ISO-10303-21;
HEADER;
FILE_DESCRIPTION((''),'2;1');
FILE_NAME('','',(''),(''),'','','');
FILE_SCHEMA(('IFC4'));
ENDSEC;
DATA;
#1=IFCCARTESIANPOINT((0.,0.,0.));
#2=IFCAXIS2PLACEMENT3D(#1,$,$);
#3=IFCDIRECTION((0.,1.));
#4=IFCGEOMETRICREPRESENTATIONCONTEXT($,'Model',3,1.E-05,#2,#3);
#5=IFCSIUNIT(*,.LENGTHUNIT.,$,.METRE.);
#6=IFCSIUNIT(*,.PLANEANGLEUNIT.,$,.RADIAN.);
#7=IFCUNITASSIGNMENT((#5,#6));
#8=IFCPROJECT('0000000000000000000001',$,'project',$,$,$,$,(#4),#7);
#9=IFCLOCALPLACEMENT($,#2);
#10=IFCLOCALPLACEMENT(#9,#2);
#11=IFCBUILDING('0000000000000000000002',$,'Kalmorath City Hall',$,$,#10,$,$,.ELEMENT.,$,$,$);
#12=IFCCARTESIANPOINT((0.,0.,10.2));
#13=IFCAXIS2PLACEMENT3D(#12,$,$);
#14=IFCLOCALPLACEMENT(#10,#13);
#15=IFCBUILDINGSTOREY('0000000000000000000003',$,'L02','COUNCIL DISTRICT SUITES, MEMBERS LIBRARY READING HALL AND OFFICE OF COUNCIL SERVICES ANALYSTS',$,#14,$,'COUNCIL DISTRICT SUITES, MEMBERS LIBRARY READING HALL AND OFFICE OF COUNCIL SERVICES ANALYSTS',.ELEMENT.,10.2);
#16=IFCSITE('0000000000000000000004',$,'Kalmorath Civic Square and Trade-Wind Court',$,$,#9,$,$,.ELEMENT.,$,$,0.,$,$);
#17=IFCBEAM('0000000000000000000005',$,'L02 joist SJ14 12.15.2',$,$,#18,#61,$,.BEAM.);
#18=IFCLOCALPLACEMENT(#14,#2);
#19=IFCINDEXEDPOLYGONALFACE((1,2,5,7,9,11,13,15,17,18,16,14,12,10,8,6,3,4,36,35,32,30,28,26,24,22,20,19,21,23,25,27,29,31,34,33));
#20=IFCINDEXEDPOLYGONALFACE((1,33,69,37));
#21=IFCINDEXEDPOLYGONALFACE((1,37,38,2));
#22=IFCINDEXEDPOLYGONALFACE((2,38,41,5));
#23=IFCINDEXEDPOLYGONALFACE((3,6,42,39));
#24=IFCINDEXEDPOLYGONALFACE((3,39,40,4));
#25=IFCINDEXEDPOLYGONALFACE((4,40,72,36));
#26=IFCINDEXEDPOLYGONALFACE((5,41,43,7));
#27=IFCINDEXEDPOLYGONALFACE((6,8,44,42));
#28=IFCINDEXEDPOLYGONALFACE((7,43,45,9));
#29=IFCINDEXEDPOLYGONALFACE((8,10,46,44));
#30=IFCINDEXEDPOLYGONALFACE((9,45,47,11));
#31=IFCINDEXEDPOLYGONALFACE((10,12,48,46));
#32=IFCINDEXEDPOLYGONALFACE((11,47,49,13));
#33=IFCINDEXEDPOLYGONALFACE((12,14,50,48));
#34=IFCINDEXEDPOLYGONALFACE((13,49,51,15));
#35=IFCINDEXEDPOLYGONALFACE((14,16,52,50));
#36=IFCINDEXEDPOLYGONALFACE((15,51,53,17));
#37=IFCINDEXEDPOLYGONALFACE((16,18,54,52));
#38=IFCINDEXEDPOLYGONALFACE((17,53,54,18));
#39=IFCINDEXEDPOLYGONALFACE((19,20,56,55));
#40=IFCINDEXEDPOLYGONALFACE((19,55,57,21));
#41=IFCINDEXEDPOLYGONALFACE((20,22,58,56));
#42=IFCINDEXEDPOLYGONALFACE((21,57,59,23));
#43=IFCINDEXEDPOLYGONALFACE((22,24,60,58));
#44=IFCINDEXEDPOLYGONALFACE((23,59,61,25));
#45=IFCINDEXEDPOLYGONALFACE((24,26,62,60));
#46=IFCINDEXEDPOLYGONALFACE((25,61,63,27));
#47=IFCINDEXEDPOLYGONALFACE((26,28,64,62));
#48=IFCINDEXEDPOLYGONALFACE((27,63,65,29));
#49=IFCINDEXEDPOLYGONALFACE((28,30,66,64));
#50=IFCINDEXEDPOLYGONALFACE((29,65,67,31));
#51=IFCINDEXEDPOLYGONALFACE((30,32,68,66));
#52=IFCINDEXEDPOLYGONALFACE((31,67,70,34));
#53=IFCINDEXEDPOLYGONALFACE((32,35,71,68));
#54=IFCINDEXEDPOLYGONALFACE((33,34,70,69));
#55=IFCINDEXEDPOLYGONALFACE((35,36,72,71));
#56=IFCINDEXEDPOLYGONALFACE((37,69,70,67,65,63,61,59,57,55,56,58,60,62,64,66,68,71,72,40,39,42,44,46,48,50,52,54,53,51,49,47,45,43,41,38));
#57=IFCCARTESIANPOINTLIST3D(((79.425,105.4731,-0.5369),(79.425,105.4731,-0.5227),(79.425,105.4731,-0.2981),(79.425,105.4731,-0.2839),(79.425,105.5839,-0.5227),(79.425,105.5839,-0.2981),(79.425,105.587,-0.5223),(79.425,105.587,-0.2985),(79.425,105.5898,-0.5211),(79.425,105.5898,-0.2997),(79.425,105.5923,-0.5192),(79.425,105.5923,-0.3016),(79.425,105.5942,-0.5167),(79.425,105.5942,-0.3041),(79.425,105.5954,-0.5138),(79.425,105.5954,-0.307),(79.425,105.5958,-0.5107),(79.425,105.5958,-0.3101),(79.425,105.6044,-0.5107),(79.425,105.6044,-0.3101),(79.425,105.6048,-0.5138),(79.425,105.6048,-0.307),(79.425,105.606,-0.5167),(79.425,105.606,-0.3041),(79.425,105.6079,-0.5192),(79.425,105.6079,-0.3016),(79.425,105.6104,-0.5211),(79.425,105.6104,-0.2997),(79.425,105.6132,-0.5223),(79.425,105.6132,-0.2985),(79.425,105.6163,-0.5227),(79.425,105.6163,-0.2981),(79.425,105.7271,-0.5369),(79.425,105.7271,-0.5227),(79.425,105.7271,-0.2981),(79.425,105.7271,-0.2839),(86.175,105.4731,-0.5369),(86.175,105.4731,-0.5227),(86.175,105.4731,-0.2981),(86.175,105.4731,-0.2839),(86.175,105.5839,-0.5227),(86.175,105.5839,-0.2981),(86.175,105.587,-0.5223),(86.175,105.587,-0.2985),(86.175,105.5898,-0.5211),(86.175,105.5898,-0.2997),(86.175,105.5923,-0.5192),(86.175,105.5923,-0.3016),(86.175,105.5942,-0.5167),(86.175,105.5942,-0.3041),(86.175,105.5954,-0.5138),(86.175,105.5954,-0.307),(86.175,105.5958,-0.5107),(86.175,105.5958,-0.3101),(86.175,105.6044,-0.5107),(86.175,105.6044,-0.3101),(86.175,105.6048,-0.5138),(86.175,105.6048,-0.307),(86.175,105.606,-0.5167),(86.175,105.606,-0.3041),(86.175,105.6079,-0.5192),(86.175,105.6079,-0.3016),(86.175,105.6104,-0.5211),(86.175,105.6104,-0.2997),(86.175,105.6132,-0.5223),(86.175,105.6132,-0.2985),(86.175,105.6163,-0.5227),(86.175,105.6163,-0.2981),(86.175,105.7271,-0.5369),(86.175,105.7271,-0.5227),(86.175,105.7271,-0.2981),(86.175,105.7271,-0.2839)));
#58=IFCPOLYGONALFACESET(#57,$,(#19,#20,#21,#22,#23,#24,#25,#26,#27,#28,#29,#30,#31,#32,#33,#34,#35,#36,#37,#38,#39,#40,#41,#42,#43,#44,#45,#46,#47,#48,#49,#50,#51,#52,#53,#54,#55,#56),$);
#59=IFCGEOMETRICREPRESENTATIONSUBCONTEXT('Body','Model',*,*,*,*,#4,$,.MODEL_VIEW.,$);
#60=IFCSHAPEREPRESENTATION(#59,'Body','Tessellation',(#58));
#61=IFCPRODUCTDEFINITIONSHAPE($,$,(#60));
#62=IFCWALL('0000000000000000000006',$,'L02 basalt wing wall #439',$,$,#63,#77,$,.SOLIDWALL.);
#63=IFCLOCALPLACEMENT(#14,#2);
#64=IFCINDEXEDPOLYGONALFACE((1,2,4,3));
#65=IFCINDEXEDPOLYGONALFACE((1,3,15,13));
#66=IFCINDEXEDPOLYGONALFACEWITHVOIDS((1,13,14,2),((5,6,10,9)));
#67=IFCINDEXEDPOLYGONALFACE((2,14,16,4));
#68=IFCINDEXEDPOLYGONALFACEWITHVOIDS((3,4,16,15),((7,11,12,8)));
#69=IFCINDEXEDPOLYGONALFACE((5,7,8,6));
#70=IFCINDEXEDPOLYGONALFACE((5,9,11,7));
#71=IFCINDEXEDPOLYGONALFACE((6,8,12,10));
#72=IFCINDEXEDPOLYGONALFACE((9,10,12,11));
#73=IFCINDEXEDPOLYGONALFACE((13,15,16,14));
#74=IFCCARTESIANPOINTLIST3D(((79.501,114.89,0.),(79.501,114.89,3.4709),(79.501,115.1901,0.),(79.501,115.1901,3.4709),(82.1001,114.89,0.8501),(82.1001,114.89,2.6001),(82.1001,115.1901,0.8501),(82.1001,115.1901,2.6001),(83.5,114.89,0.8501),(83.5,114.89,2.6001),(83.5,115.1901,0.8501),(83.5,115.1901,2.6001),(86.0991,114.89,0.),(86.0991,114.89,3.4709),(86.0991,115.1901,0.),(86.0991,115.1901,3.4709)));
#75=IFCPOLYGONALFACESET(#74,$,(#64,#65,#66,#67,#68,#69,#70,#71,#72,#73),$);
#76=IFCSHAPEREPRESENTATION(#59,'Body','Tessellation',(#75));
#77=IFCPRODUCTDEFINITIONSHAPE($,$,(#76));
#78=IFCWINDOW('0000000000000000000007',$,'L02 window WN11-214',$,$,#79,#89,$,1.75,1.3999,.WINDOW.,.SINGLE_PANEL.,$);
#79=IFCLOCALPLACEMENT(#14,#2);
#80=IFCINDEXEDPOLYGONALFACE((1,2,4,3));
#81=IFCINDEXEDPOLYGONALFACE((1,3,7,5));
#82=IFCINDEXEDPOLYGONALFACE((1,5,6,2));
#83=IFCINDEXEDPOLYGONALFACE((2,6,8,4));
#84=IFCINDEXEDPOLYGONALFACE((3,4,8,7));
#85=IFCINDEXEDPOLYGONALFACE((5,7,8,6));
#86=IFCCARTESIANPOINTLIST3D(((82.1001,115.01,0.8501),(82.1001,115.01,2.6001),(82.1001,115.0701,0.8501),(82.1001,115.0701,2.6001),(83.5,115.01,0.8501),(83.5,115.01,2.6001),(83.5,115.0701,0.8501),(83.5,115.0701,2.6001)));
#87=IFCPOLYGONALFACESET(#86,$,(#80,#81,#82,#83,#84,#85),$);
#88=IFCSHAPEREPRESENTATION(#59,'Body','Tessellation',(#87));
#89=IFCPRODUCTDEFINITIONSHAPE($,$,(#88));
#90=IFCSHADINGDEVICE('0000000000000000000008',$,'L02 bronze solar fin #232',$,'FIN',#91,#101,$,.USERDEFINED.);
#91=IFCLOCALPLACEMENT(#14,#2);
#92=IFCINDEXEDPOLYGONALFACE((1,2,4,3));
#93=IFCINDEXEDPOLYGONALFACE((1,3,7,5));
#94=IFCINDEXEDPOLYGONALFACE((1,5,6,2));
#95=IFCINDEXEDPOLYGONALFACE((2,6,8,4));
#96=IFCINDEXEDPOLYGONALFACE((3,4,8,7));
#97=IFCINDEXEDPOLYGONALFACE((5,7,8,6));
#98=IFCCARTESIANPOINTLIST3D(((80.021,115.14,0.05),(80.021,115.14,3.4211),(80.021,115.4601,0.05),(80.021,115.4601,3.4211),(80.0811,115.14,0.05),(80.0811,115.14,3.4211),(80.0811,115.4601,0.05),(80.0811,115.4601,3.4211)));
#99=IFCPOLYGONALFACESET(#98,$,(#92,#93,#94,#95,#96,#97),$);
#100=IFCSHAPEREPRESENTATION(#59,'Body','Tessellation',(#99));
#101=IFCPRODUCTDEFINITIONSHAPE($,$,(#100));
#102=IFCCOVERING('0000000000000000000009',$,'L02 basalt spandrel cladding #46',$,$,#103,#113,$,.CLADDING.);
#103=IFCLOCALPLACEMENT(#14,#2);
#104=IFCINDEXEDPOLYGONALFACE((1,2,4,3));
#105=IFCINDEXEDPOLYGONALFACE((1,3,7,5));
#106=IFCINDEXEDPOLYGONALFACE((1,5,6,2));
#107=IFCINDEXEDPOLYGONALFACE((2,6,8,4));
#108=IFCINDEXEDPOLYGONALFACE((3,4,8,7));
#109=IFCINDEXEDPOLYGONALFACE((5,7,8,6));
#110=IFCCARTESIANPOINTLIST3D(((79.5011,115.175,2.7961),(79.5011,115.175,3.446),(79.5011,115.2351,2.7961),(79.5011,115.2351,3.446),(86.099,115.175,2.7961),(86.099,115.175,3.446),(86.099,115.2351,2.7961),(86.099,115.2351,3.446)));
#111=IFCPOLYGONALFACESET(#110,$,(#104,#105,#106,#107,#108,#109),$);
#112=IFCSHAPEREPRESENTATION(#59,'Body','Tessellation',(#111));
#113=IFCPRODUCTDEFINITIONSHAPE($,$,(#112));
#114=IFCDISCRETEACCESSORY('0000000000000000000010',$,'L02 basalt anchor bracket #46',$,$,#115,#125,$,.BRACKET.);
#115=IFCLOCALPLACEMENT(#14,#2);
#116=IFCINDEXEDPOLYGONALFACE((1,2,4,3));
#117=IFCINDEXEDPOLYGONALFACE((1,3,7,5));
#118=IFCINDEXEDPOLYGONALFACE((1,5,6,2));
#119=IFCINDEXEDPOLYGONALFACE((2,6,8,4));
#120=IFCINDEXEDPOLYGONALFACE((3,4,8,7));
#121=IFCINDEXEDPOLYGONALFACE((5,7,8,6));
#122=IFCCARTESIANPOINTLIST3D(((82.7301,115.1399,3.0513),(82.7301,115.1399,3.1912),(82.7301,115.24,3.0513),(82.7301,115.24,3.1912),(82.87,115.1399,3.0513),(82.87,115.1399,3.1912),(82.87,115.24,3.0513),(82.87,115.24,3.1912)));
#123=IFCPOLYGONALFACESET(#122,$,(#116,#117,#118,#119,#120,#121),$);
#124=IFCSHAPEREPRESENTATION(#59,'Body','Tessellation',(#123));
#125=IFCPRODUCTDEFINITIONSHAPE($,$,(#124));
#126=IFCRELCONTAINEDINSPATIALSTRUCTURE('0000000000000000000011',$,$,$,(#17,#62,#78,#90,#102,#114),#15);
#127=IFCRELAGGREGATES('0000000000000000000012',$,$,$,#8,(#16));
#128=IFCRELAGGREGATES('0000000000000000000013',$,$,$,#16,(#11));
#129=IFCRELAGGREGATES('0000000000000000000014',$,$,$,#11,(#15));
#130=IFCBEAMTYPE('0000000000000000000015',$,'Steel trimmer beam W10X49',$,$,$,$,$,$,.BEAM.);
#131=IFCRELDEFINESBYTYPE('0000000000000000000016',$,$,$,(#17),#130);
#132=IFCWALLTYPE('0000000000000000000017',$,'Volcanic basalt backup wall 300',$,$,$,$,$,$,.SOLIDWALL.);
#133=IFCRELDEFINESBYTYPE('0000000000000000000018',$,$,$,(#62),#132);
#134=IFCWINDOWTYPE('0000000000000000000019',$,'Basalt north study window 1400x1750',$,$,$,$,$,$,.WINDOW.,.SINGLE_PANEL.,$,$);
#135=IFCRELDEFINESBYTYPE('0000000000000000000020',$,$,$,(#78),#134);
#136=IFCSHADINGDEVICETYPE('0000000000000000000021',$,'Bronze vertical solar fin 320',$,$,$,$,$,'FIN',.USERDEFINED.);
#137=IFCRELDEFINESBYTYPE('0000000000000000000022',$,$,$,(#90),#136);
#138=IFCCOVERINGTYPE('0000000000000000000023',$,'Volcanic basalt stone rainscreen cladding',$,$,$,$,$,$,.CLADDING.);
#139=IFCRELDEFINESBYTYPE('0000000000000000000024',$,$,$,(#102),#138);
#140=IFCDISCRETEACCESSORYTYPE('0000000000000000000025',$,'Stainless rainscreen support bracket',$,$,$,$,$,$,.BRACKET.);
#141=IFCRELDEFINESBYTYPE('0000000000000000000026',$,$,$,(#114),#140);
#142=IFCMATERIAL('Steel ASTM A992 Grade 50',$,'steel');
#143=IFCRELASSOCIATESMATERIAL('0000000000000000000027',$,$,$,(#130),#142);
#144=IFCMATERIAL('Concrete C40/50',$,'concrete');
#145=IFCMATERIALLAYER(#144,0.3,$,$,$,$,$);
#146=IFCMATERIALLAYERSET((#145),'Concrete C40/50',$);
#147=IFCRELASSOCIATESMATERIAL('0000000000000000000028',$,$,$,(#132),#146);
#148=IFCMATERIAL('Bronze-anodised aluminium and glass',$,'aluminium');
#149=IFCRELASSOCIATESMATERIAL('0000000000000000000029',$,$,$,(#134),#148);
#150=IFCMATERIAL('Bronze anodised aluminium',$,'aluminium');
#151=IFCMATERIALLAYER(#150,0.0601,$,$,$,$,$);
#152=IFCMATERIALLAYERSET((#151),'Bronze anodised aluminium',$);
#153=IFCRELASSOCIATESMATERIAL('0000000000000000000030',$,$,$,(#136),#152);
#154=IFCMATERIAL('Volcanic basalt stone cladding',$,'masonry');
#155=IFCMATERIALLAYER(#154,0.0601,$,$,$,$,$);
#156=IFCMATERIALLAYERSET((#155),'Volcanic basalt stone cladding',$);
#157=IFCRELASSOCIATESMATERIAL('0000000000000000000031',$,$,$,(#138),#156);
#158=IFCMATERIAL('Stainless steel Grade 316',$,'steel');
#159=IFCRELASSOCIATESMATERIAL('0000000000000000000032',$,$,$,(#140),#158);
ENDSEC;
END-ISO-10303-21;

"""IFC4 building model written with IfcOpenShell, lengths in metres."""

from ifc_helpers import new_model, si_unit, direction, frame, frame_2d, origin, origin_2d, place, context, subcontext, project, spatial, rectangle, i_section, extrude, material, layer, layer_set, material_profile, profile_set, type_object, element, fill, save


model = new_model("IFC4")

# Units and contexts
model_context = context("Model", 3, precision=1e-05, world=origin(), true_north=direction((0.0, 1.0)))
body_context = subcontext(model_context, "Body", "Model", "MODEL_VIEW")
ifc_project = project(units=[si_unit("LENGTHUNIT", "METRE"), si_unit("PLANEANGLEUNIT", "RADIAN")], contexts=[model_context])

# Site, building, storey
site_placement = place(None, origin())
site = spatial("IfcSite", under=ifc_project, at=site_placement, Name="Kalmorath Civic Square and Trade-Wind Court", CompositionType="ELEMENT", RefElevation=0.0)
building_placement = place(site_placement, origin())
building = spatial("IfcBuilding", under=site, at=building_placement, Name="Kalmorath City Hall", CompositionType="ELEMENT")
storey_placement = place(building_placement, frame((0.0, 0.0, 10.2)))
storey = spatial("IfcBuildingStorey", under=building, at=storey_placement, Name="L02", Description="COUNCIL DISTRICT SUITES, MEMBERS LIBRARY READING HALL AND OFFICE OF COUNCIL SERVICES ANALYSTS", LongName="COUNCIL DISTRICT SUITES, MEMBERS LIBRARY READING HALL AND OFFICE OF COUNCIL SERVICES ANALYSTS", CompositionType="ELEMENT", Elevation=10.2)

# Beam
ifc_material_1 = material(Name="Steel ASTM A992 Grade 50", Category="steel")
ifc_material_profile_1 = material_profile(ifc_material_1, i_section(OverallWidth=0.2539, OverallDepth=0.2529, WebThickness=0.0085, FlangeThickness=0.0142, FilletRadius=0.012, at=origin_2d()), Name="W10X49")
ifc_profile_set_1 = profile_set([ifc_material_profile_1], Name="Steel ASTM A992 Grade 50")
beam_type_1 = type_object("IfcBeamType", Name="Steel trimmer beam W10X49", PredefinedType="BEAM", material=ifc_profile_set_1)
for number, where, z_axis, x_axis, name in (
    (1, (79.425, 105.6001, -0.4104), (1.0, 0.0, 0.0), (0.0, 1.0, 0.0), "L02 joist SJ14 12.15.2"),
):
    element("IfcBeam", number, at=place(storey_placement, frame(where, z_axis=z_axis, x_axis=x_axis)), inside=storey, type_object=beam_type_1, Name=name, PredefinedType="BEAM", context=body_context, shape_type="SweptSolid", body=[
        extrude(i_section(OverallWidth=0.2539, OverallDepth=0.2529, WebThickness=0.0085, FlangeThickness=0.0142, FilletRadius=0.012, at=origin_2d()), origin(), (0.0, 0.0, 1.0), 6.75),
    ])

# Wall, opening, window
ifc_material_2 = material(Name="Concrete C40/50", Category="concrete")
ifc_layer_1 = layer(ifc_material_2, 0.3)
ifc_layer_set_1 = layer_set([ifc_layer_1], Name="Concrete C40/50")
wall_type = type_object("IfcWallType", Name="Volcanic basalt backup wall 300", PredefinedType="SOLIDWALL", material=ifc_layer_set_1)
wall_placement = place(storey_placement, frame((79.501, 115.04, 0.0), z_axis=(0.0, 0.0, 1.0), x_axis=(1.0, 0.0, 0.0)))
wall = element("IfcWall", 2, at=wall_placement, inside=storey, type_object=wall_type, Name="L02 basalt wing wall #439", PredefinedType="SOLIDWALL", context=body_context, shape_type="SweptSolid", body=[
    extrude(rectangle(XDim=6.5981, YDim=0.3, at=frame_2d((3.2991, 0.0))), origin(), (0.0, 0.0, 1.0), 3.4709),
])
opening_placement = place(wall_placement, frame((2.5991, 0.0, 0.8501)))
opening = element("IfcOpeningElement", 3, at=opening_placement, cuts=wall, PredefinedType="OPENING", context=body_context, shape_type="SweptSolid", body=[
    extrude(rectangle(XDim=1.3999, YDim=1.75, at=frame_2d((0.7, 0.875))), frame((0.0, 0.1599, 0.0), z_axis=(0.0, -1.0, 0.0), x_axis=(1.0, 0.0, 0.0)), (0.0, 0.0, 1.0), 0.3201),
])
ifc_material_3 = material(Name="Bronze-anodised aluminium and glass", Category="aluminium")
window_type = type_object("IfcWindowType", Name="Basalt north study window 1400x1750", PartitioningType="SINGLE_PANEL", PredefinedType="WINDOW", material=ifc_material_3)
window_placement = place(opening_placement, origin())
window = element("IfcWindow", 4, at=window_placement, inside=storey, type_object=window_type, Name="L02 window WN11-214", OverallHeight=1.75, OverallWidth=1.3999, PartitioningType="SINGLE_PANEL", PredefinedType="WINDOW", context=body_context, shape_type="SweptSolid", body=[
    extrude(rectangle(XDim=1.3999, YDim=1.75, at=frame_2d((0.7, 0.875))), frame((0.0, 0.03, 0.0), z_axis=(0.0, -1.0, 0.0), x_axis=(1.0, 0.0, 0.0)), (0.0, 0.0, 1.0), 0.0601),
])
fill(opening, window)

# Shading device
ifc_material_4 = material(Name="Bronze anodised aluminium", Category="aluminium")
ifc_layer_2 = layer(ifc_material_4, 0.0601)
ifc_layer_set_2 = layer_set([ifc_layer_2], Name="Bronze anodised aluminium")
shading_device_type = type_object("IfcShadingDeviceType", Name="Bronze vertical solar fin 320", ElementType="FIN", PredefinedType="USERDEFINED", material=ifc_layer_set_2)
shading_device_placement = place(storey_placement, frame((80.051, 115.3, 0.05), z_axis=(0.0, 0.0, 1.0), x_axis=(1.0, 0.0, 0.0)))
element("IfcShadingDevice", 5, at=shading_device_placement, inside=storey, type_object=shading_device_type, Name="L02 bronze solar fin #232", ObjectType="FIN", PredefinedType="USERDEFINED", context=body_context, shape_type="SweptSolid", body=[
    extrude(rectangle(XDim=0.0601, YDim=0.3201, at=origin_2d()), origin(), (0.0, 0.0, 1.0), 3.3711),
])

# Covering
ifc_material_5 = material(Name="Volcanic basalt stone cladding", Category="masonry")
ifc_layer_3 = layer(ifc_material_5, 0.0601)
ifc_layer_set_3 = layer_set([ifc_layer_3], Name="Volcanic basalt stone cladding")
covering_type = type_object("IfcCoveringType", Name="Volcanic basalt stone rainscreen cladding", PredefinedType="CLADDING", material=ifc_layer_set_3)
covering_placement = place(storey_placement, frame((82.8, 115.2051, 2.7961), z_axis=(0.0, 0.0, 1.0), x_axis=(1.0, 0.0, 0.0)))
element("IfcCovering", 6, at=covering_placement, inside=storey, type_object=covering_type, Name="L02 basalt spandrel cladding #46", PredefinedType="CLADDING", context=body_context, shape_type="SweptSolid", body=[
    extrude(rectangle(XDim=6.5979, YDim=0.0601, at=origin_2d()), origin(), (0.0, 0.0, 1.0), 0.6499),
])

# Discrete accessory
ifc_material_6 = material(Name="Stainless steel Grade 316", Category="steel")
discrete_accessory_type = type_object("IfcDiscreteAccessoryType", Name="Stainless rainscreen support bracket", PredefinedType="BRACKET", material=ifc_material_6)
discrete_accessory_placement = place(storey_placement, frame((82.8, 115.1899, 3.0513), z_axis=(0.0, 0.0, 1.0), x_axis=(1.0, 0.0, 0.0)))
element("IfcDiscreteAccessory", 7, at=discrete_accessory_placement, inside=storey, type_object=discrete_accessory_type, Name="L02 basalt anchor bracket #46", PredefinedType="BRACKET", context=body_context, shape_type="SweptSolid", body=[
    extrude(rectangle(XDim=0.1399, YDim=0.1001, at=origin_2d()), origin(), (0.0, 0.0, 1.0), 0.1399),
])

save(model, "model.ifc")
